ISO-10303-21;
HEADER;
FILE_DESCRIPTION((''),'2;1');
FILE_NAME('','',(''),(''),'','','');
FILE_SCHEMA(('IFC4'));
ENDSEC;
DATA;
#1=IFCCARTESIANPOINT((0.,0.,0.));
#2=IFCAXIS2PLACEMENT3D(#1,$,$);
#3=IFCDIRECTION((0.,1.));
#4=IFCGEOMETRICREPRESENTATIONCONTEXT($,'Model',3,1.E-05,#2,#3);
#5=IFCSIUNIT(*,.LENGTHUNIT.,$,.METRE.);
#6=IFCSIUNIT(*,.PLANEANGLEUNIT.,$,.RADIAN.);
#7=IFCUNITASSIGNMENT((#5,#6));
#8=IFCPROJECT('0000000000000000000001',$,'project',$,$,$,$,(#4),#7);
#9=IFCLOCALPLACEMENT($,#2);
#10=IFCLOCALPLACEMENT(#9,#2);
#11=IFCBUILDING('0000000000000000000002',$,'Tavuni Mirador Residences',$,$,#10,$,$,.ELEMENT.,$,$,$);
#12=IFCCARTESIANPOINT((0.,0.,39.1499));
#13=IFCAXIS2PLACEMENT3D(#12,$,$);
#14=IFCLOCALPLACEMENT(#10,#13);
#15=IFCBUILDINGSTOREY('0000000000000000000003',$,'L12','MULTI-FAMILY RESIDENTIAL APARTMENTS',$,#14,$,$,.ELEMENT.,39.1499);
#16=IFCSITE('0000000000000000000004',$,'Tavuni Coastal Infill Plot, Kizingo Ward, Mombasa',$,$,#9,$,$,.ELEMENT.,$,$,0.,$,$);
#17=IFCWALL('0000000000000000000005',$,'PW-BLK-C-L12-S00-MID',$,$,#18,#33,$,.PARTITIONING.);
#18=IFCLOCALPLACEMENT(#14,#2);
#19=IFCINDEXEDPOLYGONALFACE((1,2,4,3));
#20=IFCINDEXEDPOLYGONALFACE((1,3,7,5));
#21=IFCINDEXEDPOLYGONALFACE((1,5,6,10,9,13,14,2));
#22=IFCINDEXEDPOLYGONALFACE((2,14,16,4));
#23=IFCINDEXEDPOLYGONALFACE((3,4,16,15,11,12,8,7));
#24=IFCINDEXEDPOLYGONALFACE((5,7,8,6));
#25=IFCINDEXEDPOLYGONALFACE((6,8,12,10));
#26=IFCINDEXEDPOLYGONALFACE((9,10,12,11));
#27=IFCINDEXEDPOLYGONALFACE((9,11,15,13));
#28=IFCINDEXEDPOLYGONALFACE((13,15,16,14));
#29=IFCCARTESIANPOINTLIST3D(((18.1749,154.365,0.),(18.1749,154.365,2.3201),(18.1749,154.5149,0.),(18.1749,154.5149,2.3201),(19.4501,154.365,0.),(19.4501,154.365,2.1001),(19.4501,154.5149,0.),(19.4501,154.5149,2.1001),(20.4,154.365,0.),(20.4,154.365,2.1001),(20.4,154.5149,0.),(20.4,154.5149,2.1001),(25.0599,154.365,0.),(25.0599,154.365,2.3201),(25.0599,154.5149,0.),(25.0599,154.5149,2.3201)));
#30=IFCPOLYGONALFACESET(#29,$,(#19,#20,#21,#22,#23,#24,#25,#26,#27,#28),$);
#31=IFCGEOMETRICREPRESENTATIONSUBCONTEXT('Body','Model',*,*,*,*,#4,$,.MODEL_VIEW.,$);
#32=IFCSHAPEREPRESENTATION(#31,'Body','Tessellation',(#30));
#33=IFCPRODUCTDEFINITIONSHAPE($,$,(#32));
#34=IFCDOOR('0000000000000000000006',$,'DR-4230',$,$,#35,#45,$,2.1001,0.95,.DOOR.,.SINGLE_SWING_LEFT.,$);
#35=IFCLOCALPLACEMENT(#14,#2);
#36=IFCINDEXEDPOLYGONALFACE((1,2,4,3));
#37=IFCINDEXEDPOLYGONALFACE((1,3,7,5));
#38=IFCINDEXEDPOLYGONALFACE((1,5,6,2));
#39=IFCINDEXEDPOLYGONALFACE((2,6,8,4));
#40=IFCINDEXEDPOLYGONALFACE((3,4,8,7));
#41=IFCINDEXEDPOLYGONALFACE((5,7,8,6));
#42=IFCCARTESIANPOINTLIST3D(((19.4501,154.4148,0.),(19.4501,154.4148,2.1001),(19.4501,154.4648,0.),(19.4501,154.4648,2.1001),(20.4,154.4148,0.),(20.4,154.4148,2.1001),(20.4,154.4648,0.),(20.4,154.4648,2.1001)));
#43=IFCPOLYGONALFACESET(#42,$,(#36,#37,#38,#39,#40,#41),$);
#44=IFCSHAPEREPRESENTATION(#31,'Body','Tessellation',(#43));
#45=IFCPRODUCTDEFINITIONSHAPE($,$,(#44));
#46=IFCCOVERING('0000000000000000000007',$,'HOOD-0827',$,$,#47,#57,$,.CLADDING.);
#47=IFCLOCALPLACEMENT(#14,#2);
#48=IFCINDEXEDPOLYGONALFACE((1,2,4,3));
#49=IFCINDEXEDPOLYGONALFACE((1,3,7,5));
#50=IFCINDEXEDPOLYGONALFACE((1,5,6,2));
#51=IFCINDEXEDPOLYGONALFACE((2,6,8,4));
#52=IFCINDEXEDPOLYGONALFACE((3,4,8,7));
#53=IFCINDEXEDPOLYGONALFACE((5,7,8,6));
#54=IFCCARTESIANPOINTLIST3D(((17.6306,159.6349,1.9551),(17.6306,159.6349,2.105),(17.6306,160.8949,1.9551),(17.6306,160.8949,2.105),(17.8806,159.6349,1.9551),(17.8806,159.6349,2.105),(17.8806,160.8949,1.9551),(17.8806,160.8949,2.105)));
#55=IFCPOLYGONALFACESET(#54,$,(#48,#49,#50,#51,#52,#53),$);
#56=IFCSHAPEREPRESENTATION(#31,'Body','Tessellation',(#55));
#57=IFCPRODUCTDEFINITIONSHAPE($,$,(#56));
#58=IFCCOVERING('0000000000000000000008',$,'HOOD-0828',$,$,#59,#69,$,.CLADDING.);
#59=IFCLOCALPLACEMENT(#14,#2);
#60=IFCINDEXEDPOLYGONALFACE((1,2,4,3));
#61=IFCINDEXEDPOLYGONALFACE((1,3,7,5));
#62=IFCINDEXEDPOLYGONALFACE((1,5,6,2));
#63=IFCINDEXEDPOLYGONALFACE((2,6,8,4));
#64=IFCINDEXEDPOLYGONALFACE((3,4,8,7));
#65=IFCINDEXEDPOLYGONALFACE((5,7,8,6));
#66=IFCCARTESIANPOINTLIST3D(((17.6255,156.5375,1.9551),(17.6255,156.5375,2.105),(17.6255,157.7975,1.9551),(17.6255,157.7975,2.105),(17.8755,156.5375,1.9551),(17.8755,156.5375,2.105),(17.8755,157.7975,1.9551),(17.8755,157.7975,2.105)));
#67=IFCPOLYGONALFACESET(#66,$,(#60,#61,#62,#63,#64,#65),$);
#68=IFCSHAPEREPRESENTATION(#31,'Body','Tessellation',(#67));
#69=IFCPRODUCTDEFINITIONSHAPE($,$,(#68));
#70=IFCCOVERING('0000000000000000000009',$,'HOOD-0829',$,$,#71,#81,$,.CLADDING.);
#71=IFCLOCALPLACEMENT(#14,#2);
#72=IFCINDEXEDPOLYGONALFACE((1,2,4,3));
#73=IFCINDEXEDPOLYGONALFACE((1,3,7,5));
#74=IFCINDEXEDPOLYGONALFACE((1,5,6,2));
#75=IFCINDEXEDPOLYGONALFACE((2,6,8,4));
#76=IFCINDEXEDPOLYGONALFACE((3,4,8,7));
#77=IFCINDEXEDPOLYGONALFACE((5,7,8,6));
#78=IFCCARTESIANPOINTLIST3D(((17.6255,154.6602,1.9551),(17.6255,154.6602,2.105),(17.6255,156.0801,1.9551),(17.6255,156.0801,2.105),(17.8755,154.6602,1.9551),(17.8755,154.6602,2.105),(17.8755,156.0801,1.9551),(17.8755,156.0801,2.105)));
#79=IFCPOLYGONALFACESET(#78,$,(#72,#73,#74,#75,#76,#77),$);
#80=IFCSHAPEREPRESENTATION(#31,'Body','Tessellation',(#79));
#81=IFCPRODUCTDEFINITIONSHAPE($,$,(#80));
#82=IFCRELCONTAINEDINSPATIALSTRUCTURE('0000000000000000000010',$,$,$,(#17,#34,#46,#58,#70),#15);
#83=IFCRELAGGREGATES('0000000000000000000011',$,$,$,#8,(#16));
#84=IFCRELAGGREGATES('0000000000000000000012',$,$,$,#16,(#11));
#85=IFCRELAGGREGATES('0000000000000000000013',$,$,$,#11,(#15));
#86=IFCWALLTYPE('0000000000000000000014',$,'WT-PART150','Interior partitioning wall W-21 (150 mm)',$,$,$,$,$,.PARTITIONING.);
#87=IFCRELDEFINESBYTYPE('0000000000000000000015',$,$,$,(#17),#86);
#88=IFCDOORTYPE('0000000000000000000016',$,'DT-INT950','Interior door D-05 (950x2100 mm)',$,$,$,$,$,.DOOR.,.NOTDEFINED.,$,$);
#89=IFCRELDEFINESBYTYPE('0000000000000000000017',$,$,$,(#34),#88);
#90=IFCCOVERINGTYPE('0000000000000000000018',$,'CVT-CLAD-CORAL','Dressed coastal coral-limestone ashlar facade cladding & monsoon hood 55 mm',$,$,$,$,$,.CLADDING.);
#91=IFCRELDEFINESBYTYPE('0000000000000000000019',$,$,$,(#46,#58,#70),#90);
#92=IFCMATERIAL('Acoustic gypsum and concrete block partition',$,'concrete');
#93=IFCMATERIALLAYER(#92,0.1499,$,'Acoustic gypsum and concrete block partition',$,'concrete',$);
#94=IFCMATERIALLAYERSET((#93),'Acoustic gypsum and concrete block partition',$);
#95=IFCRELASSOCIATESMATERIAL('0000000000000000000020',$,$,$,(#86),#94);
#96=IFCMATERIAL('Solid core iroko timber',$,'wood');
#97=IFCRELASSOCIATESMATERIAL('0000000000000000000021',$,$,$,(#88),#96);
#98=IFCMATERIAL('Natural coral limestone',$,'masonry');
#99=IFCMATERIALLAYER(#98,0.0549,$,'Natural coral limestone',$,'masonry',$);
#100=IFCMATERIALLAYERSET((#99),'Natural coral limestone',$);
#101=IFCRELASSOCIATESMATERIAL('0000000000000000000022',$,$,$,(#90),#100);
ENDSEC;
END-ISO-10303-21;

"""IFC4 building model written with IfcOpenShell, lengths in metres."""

from ifc_helpers import new_model, si_unit, direction, frame, frame_2d, origin, origin_2d, place, context, subcontext, project, spatial, rectangle, extrude, material, layer, layer_set, type_object, element, fill, save


model = new_model("IFC4")

# Units and contexts
model_context = context("Model", 3, precision=1e-05, world=origin(), true_north=direction((0.0, 1.0)))
body_context = subcontext(model_context, "Body", "Model", "MODEL_VIEW")
ifc_project = project(units=[si_unit("LENGTHUNIT", "METRE"), si_unit("PLANEANGLEUNIT", "RADIAN")], contexts=[model_context])

# Site, building, storey
site_placement = place(None, origin())
site = spatial("IfcSite", under=ifc_project, at=site_placement, Name="Tavuni Coastal Infill Plot, Kizingo Ward, Mombasa", CompositionType="ELEMENT", RefElevation=0.0)
building_placement = place(site_placement, origin())
building = spatial("IfcBuilding", under=site, at=building_placement, Name="Tavuni Mirador Residences", CompositionType="ELEMENT")
storey_placement = place(building_placement, frame((0.0, 0.0, 39.1499)))
storey = spatial("IfcBuildingStorey", under=building, at=storey_placement, Name="L12", Description="MULTI-FAMILY RESIDENTIAL APARTMENTS", CompositionType="ELEMENT", Elevation=39.1499)

# Shared definitions
ifc_material_1 = material(Name="Solid core iroko timber", Category="wood")

# Wall, opening, door
ifc_material_2 = material(Name="Acoustic gypsum and concrete block partition", Category="concrete")
ifc_layer_1 = layer(ifc_material_2, 0.1499, Name="Acoustic gypsum and concrete block partition", Category="concrete")
ifc_layer_set_1 = layer_set([ifc_layer_1], Name="Acoustic gypsum and concrete block partition")
wall_type_1 = type_object("IfcWallType", Name="WT-PART150", Description="Interior partitioning wall W-21 (150 mm)", PredefinedType="PARTITIONING", material=ifc_layer_set_1)
wall_1_placement = place(storey_placement, frame((18.175, 154.4399, 0.0), z_axis=(0.0, 0.0, 1.0), x_axis=(1.0, 0.0, 0.0)))
wall_1 = element("IfcWall", 1, at=wall_1_placement, inside=storey, type_object=wall_type_1, Name="PW-BLK-C-L12-S00-MID", PredefinedType="PARTITIONING", context=body_context, shape_type="SweptSolid", body=[
    extrude(rectangle(XDim=6.885, YDim=0.1499, at=frame_2d((3.4424, 0.0))), origin(), (0.0, 0.0, 1.0), 2.3201),
])
opening_1_placement = place(wall_1_placement, frame((1.2749, 0.0, 0.0)))
opening_1 = element("IfcOpeningElement", 2, at=opening_1_placement, cuts=wall_1, PredefinedType="OPENING", context=body_context, shape_type="SweptSolid", body=[
    extrude(rectangle(XDim=0.95, YDim=2.1001, at=frame_2d((0.4751, 1.05))), frame((0.0, 0.085, 0.0), z_axis=(0.0, -1.0, 0.0), x_axis=(1.0, 0.0, 0.0)), (0.0, 0.0, 1.0), 0.1699),
])
door_type_1 = type_object("IfcDoorType", Name="DT-INT950", Description="Interior door D-05 (950x2100 mm)", OperationType="NOTDEFINED", PredefinedType="DOOR", material=ifc_material_1)
door_1_placement = place(opening_1_placement, origin())
door_1 = element("IfcDoor", 3, at=door_1_placement, inside=storey, type_object=door_type_1, Name="DR-4230", OperationType="SINGLE_SWING_LEFT", OverallHeight=2.1001, OverallWidth=0.95, PredefinedType="DOOR", context=body_context, shape_type="SweptSolid", body=[
    extrude(rectangle(XDim=0.95, YDim=2.1001, at=frame_2d((0.4751, 1.05))), frame((0.0, 0.0249, 0.0), z_axis=(0.0, -1.0, 0.0), x_axis=(1.0, 0.0, 0.0)), (0.0, 0.0, 1.0), 0.05),
])
fill(opening_1, door_1)

# Coverings
ifc_material_3 = material(Name="Natural coral limestone", Category="masonry")
ifc_layer_2 = layer(ifc_material_3, 0.0549, Name="Natural coral limestone", Category="masonry")
ifc_layer_set_2 = layer_set([ifc_layer_2], Name="Natural coral limestone")
covering_type = type_object("IfcCoveringType", Name="CVT-CLAD-CORAL", Description="Dressed coastal coral-limestone ashlar facade cladding & monsoon hood 55 mm", PredefinedType="CLADDING", material=ifc_layer_set_2)
for number, where, z_axis, x_axis, name in (
    (4, (17.7556, 160.2649, 1.9551), (0.0, 0.0, 1.0), (0.0, -1.0, 0.0), "HOOD-0827"),
    (5, (17.7505, 157.1675, 1.9551), (0.0, 0.0, 1.0), (0.0, -1.0, 0.0), "HOOD-0828"),
):
    element("IfcCovering", number, at=place(storey_placement, frame(where, z_axis=z_axis, x_axis=x_axis)), inside=storey, type_object=covering_type, Name=name, PredefinedType="CLADDING", context=body_context, shape_type="SweptSolid", body=[
        extrude(rectangle(XDim=1.26, YDim=0.25, at=origin_2d()), origin(), (0.0, 0.0, 1.0), 0.1499),
    ])
covering_placement = place(storey_placement, frame((17.7505, 155.3701, 1.9551), z_axis=(0.0, 0.0, 1.0), x_axis=(0.0, -1.0, 0.0)))
element("IfcCovering", 6, at=covering_placement, inside=storey, type_object=covering_type, Name="HOOD-0829", PredefinedType="CLADDING", context=body_context, shape_type="SweptSolid", body=[
    extrude(rectangle(XDim=1.4199, YDim=0.25, at=origin_2d()), origin(), (0.0, 0.0, 1.0), 0.1499),
])

save(model, "model.ifc")
